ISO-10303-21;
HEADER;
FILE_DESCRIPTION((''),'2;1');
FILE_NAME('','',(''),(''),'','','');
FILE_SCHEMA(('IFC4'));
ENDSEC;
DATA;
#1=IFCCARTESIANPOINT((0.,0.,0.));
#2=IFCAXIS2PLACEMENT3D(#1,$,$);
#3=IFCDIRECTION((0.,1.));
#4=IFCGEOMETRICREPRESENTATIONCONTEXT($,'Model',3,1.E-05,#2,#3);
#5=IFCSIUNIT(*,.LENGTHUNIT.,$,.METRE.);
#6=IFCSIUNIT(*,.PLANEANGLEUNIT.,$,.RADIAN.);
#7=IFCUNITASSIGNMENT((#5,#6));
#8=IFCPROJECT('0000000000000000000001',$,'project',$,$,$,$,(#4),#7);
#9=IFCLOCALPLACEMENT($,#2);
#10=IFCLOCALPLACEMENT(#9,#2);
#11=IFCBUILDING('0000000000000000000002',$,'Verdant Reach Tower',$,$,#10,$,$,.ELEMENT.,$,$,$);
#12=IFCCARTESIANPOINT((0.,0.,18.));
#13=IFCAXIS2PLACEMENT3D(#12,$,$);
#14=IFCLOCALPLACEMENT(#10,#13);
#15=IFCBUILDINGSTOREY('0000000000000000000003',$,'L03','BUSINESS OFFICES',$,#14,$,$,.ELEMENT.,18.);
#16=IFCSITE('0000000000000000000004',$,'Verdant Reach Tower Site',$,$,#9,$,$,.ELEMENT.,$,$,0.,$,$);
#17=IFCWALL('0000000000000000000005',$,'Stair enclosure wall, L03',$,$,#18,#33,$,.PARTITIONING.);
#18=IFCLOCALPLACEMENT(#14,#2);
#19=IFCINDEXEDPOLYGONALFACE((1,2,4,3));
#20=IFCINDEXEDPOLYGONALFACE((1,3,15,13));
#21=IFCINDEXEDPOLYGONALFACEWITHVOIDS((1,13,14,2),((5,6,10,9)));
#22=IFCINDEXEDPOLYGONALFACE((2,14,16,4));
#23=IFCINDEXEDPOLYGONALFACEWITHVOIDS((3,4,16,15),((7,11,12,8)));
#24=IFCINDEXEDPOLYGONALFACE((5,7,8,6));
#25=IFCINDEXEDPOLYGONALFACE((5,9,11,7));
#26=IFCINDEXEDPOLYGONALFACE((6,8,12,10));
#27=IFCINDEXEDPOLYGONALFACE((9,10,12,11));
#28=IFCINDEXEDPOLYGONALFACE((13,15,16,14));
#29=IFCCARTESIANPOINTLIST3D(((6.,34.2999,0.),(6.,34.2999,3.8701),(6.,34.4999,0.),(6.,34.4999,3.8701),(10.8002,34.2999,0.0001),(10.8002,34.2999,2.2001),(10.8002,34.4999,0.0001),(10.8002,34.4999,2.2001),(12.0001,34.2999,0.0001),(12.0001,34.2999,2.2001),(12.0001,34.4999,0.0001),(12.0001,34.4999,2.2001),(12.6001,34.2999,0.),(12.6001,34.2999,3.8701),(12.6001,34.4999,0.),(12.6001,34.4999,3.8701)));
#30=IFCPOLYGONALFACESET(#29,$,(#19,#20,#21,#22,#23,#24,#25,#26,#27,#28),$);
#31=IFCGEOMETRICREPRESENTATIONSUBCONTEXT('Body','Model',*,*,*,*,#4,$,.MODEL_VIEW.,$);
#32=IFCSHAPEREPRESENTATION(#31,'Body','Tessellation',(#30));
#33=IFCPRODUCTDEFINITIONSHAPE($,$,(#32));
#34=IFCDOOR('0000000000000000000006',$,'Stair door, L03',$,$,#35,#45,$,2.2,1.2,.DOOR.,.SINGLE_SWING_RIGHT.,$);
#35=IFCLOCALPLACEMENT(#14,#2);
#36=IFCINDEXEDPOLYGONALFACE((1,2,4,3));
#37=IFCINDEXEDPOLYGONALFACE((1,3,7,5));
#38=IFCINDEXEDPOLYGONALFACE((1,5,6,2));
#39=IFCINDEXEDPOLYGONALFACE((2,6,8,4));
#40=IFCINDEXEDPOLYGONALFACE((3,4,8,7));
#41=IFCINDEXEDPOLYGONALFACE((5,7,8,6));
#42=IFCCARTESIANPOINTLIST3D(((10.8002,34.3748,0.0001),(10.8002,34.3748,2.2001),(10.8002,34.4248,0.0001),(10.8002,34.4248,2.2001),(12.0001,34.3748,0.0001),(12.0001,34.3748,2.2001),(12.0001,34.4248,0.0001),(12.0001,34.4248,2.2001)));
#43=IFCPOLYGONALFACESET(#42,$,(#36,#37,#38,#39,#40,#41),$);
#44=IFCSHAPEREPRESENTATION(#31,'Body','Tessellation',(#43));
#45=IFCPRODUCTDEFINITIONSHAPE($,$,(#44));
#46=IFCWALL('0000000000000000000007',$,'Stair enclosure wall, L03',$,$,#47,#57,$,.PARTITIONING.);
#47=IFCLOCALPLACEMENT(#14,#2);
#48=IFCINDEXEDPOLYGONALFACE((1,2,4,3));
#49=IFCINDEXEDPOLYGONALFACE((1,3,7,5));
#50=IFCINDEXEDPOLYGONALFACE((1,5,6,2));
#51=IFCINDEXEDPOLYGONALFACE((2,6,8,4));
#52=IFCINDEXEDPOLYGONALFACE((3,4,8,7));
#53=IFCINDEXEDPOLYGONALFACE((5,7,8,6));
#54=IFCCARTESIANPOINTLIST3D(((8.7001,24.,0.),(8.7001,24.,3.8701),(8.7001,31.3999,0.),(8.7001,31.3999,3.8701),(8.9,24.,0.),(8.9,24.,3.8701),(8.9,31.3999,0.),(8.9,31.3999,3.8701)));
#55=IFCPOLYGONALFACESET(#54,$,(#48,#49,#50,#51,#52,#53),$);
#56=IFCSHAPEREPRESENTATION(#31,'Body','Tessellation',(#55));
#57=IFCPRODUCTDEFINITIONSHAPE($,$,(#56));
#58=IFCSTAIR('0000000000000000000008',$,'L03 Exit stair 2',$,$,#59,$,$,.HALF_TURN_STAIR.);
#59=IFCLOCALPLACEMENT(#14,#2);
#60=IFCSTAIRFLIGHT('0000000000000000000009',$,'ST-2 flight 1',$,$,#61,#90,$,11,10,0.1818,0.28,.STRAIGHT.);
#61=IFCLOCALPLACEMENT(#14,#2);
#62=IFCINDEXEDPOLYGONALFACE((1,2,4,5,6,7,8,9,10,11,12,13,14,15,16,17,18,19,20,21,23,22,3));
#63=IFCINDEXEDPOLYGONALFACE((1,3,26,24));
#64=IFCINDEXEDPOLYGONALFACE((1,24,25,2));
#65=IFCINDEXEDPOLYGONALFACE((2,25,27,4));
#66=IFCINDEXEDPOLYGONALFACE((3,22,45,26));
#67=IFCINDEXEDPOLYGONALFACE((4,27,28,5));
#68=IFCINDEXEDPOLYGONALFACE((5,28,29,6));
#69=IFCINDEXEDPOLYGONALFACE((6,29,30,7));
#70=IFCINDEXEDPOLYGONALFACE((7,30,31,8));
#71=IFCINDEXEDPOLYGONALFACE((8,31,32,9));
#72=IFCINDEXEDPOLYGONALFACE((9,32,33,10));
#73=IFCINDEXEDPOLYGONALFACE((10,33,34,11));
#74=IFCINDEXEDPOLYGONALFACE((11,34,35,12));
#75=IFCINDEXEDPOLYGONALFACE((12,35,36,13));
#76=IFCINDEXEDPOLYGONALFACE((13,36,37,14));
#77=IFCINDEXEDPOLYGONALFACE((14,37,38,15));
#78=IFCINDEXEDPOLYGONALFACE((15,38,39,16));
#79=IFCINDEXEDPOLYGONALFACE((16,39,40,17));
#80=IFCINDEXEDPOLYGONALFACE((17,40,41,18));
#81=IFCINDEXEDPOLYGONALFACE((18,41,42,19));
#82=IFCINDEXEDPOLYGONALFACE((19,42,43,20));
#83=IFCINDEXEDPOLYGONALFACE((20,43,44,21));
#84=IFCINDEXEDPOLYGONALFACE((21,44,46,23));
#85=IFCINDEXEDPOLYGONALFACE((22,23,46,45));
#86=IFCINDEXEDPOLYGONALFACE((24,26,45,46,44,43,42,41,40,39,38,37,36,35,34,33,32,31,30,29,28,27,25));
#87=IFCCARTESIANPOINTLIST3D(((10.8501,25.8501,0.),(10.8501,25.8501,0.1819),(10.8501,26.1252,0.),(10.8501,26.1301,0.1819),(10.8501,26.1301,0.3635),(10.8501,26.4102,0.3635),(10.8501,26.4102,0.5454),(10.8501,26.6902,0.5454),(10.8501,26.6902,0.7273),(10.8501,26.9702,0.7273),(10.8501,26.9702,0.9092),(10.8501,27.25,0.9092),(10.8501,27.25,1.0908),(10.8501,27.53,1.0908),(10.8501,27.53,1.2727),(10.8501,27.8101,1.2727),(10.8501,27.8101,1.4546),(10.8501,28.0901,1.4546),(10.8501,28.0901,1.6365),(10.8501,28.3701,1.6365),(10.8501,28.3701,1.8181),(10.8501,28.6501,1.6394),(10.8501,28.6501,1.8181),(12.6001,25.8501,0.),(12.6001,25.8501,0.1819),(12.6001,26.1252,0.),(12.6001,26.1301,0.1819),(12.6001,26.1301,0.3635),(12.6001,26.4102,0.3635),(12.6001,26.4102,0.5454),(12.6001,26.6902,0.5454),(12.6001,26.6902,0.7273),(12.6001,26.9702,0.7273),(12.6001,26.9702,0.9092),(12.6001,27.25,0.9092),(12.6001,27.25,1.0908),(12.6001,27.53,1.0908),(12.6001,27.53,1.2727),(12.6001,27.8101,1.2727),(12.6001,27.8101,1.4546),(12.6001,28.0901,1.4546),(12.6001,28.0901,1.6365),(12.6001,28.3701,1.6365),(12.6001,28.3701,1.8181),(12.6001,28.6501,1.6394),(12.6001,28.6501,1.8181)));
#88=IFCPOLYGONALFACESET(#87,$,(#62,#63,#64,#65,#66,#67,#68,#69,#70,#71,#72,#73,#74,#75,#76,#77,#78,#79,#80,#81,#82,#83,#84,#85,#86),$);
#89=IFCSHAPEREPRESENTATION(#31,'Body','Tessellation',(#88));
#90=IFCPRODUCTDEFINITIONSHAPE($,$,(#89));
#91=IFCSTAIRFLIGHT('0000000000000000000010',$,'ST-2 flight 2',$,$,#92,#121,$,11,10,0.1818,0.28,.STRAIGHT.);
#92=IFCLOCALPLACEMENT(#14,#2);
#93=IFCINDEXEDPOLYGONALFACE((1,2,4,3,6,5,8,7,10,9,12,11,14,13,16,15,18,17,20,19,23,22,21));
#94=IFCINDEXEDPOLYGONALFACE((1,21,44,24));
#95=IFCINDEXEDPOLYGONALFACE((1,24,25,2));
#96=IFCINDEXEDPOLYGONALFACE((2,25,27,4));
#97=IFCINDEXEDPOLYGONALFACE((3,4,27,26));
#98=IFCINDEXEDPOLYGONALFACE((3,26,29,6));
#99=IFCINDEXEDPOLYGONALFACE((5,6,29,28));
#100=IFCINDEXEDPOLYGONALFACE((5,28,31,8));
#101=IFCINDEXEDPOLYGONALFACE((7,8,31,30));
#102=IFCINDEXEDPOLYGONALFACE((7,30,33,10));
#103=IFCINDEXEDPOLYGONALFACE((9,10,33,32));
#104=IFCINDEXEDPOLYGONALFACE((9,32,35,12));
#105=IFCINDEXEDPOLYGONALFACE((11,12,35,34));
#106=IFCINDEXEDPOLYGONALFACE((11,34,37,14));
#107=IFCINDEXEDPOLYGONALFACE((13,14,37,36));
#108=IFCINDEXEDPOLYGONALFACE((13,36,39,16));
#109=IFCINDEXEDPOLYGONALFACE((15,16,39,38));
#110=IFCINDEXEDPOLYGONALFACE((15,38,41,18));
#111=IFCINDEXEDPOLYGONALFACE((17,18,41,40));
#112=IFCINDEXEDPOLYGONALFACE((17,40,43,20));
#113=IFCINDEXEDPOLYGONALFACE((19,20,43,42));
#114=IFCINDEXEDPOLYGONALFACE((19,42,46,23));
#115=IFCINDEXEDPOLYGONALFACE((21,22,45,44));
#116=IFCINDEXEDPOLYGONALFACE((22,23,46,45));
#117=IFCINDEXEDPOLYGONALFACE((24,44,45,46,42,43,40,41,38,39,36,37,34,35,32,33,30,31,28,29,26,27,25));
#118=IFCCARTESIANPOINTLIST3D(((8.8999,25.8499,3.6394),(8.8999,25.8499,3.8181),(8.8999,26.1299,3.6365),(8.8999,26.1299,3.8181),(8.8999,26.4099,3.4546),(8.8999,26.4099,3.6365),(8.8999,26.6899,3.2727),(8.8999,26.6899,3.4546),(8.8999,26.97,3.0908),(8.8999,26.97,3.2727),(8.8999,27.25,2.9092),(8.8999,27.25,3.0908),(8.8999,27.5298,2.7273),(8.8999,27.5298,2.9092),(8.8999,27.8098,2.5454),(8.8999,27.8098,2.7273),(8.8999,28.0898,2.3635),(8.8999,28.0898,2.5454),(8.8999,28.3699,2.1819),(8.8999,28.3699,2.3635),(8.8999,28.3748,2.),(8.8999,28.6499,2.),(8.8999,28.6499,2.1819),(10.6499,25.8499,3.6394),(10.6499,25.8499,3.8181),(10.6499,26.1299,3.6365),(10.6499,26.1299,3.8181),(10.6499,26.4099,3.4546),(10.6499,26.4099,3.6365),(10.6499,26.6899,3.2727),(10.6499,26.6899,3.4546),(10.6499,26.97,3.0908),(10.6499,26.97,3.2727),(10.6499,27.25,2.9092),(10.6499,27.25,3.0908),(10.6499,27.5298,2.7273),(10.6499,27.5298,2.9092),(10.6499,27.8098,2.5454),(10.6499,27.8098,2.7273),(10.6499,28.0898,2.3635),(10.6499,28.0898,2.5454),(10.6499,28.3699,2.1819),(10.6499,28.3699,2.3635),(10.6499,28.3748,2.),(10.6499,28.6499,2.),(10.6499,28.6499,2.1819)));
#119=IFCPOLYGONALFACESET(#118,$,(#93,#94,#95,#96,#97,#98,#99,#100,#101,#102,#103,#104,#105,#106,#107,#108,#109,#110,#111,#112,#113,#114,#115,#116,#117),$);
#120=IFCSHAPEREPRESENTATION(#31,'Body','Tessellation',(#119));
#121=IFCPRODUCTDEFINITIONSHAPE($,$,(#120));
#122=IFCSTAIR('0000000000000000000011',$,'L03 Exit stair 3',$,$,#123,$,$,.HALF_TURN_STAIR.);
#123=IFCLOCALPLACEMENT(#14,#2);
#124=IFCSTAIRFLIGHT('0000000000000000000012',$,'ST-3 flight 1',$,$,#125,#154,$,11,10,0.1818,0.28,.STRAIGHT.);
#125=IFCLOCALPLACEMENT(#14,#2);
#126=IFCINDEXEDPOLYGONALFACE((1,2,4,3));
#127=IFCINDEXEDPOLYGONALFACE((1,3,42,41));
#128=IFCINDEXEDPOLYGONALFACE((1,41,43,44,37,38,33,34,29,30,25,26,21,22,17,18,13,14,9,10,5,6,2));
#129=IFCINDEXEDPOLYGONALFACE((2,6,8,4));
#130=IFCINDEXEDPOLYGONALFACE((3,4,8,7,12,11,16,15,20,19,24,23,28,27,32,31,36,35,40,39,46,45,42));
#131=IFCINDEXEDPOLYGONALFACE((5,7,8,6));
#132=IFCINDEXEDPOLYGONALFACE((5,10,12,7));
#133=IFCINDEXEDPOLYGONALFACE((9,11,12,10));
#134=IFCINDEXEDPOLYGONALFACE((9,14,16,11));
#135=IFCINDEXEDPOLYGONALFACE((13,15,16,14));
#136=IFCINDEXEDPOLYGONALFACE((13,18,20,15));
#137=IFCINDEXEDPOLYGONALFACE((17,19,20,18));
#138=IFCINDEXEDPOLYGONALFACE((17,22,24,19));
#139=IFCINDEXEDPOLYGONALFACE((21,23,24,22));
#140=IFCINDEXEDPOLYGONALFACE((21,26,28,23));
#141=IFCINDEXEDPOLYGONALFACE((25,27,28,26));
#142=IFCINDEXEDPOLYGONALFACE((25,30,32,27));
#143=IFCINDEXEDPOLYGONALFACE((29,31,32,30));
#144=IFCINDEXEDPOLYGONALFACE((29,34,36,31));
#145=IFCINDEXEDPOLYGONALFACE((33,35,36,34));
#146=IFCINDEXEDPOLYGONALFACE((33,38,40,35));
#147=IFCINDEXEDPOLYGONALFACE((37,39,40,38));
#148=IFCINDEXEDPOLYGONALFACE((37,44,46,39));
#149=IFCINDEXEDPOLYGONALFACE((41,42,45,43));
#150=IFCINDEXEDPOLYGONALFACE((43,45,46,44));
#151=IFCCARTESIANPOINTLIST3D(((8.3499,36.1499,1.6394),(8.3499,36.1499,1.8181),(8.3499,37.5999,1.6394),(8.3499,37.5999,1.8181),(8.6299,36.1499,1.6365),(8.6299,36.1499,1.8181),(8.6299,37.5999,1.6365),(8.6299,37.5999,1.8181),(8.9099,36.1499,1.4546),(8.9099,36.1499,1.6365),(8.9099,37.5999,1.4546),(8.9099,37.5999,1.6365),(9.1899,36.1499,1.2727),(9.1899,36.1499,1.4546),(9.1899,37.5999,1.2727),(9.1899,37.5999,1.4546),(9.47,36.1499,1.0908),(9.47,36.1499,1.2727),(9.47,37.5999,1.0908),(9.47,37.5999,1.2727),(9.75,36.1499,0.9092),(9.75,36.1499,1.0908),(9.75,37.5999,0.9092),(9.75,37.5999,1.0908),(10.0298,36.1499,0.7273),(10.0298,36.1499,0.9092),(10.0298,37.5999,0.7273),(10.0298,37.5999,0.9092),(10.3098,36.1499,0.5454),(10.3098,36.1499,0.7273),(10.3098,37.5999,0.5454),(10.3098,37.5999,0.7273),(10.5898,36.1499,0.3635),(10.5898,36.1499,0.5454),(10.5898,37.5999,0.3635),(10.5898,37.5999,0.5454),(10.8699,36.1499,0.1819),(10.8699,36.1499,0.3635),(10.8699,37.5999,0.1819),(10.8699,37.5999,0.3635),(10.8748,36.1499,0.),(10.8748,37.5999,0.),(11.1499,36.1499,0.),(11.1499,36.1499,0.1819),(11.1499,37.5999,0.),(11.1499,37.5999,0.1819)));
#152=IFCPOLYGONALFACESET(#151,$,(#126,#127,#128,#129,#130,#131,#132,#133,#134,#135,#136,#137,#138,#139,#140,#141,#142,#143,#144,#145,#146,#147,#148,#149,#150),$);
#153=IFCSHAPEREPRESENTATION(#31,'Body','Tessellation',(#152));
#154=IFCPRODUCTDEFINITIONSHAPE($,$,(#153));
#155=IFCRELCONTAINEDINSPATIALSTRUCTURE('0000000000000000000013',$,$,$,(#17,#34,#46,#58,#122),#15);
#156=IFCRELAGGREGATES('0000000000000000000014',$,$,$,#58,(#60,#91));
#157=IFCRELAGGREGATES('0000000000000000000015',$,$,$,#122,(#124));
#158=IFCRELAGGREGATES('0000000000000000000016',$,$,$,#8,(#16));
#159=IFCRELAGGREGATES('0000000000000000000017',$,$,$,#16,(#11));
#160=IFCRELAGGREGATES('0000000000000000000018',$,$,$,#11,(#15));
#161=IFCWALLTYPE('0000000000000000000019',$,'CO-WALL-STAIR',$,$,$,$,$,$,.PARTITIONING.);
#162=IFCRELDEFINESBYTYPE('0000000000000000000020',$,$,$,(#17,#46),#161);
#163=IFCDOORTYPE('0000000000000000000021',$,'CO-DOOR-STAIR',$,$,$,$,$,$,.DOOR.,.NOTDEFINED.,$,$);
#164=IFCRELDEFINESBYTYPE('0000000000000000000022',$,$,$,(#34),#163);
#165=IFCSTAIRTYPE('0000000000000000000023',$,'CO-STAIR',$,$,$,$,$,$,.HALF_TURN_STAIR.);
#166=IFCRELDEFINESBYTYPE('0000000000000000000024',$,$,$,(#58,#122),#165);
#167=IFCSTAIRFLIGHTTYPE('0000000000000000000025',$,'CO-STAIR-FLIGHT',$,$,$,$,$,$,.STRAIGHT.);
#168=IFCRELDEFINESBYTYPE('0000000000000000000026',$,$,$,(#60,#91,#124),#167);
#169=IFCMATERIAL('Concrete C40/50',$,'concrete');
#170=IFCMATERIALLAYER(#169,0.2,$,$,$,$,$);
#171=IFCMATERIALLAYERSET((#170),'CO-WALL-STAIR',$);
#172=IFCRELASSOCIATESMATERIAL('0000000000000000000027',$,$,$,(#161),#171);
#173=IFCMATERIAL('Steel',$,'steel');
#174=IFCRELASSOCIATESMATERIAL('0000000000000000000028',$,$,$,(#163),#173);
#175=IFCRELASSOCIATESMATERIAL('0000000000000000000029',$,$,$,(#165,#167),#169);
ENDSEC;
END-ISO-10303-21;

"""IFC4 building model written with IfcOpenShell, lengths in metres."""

from ifc_helpers import new_model, si_unit, direction, frame, frame_2d, origin, place, context, subcontext, project, spatial, polyline, rectangle, outline, extrude, material, layer, layer_set, type_object, element, fill, aggregate, save


model = new_model("IFC4")

# Units and contexts
model_context = context("Model", 3, precision=1e-05, world=origin(), true_north=direction((0.0, 1.0)))
body_context = subcontext(model_context, "Body", "Model", "MODEL_VIEW")
ifc_project = project(units=[si_unit("LENGTHUNIT", "METRE"), si_unit("PLANEANGLEUNIT", "RADIAN")], contexts=[model_context])

# Site, building, storey
site_placement = place(None, origin())
site = spatial("IfcSite", under=ifc_project, at=site_placement, Name="Verdant Reach Tower Site", CompositionType="ELEMENT", RefElevation=0.0)
building_placement = place(site_placement, origin())
building = spatial("IfcBuilding", under=site, at=building_placement, Name="Verdant Reach Tower", CompositionType="ELEMENT")
storey_placement = place(building_placement, frame((0.0, 0.0, 18.0)))
storey = spatial("IfcBuildingStorey", under=building, at=storey_placement, Name="L03", Description="BUSINESS OFFICES", CompositionType="ELEMENT", Elevation=18.0)

# Shared definitions
ifc_material_1 = material(Name="Concrete C40/50", Category="concrete")

# Shared definitions
ifc_layer_1 = layer(ifc_material_1, 0.2)
ifc_layer_set_1 = layer_set([ifc_layer_1], Name="CO-WALL-STAIR")
wall_type_1 = type_object("IfcWallType", Name="CO-WALL-STAIR", PredefinedType="PARTITIONING", material=ifc_layer_set_1)
ifc_material_2 = material(Name="Steel", Category="steel")
door_type_1 = type_object("IfcDoorType", Name="CO-DOOR-STAIR", OperationType="NOTDEFINED", PredefinedType="DOOR", material=ifc_material_2)

# Wall, opening, door
wall_1_placement = place(storey_placement, frame((6.0, 34.3999, 0.0), z_axis=(0.0, 0.0, 1.0), x_axis=(1.0, 0.0, 0.0)))
wall_1 = element("IfcWall", 1, at=wall_1_placement, inside=storey, type_object=wall_type_1, Name="Stair enclosure wall, L03", PredefinedType="PARTITIONING", context=body_context, shape_type="SweptSolid", body=[
    extrude(rectangle(XDim=6.6001, YDim=0.2, at=frame_2d((3.3, 0.0))), origin(), (0.0, 0.0, 1.0), 3.8701),
])
opening_1_placement = place(wall_1_placement, frame((4.8, 0.0, 0.0)))
opening_1 = element("IfcOpeningElement", 2, at=opening_1_placement, cuts=wall_1, PredefinedType="OPENING", context=body_context, shape_type="SweptSolid", body=[
    extrude(rectangle(XDim=1.2, YDim=2.2, at=frame_2d((0.6001, 1.1001))), frame((0.0, 0.1099, 0.0), z_axis=(0.0, -1.0, 0.0), x_axis=(1.0, 0.0, 0.0)), (0.0, 0.0, 1.0), 0.22),
])
door_1_placement = place(opening_1_placement, origin())
door_1 = element("IfcDoor", 3, at=door_1_placement, inside=storey, type_object=door_type_1, Name="Stair door, L03", OperationType="SINGLE_SWING_RIGHT", OverallHeight=2.2, OverallWidth=1.2, PredefinedType="DOOR", context=body_context, shape_type="SweptSolid", body=[
    extrude(rectangle(XDim=1.2, YDim=2.2, at=frame_2d((0.6001, 1.1001))), frame((0.0, 0.0249, 0.0), z_axis=(0.0, -1.0, 0.0), x_axis=(1.0, 0.0, 0.0)), (0.0, 0.0, 1.0), 0.05),
])
fill(opening_1, door_1)

# Wall
wall_2_placement = place(storey_placement, frame((8.8, 24.0, 0.0), z_axis=(0.0, 0.0, 1.0), x_axis=(0.0, 1.0, 0.0)))
element("IfcWall", 4, at=wall_2_placement, inside=storey, type_object=wall_type_1, Name="Stair enclosure wall, L03", PredefinedType="PARTITIONING", context=body_context, shape_type="SweptSolid", body=[
    extrude(rectangle(XDim=7.3999, YDim=0.2, at=frame_2d((3.7, 0.0))), origin(), (0.0, 0.0, 1.0), 3.8701),
])

# Stairs, stair flights
stair_type = type_object("IfcStairType", Name="CO-STAIR", PredefinedType="HALF_TURN_STAIR", material=ifc_material_1)
stair_1_placement = place(storey_placement, origin())
stair_1 = element("IfcStair", 5, at=stair_1_placement, inside=storey, type_object=stair_type, Name="L03 Exit stair 2", PredefinedType="HALF_TURN_STAIR")
stair_flight_type = type_object("IfcStairFlightType", Name="CO-STAIR-FLIGHT", PredefinedType="STRAIGHT", material=ifc_material_1)
stair_flight_1_placement = place(storey_placement, frame((11.7251, 25.8501, 0.0), z_axis=(0.0, 0.0, 1.0), x_axis=(0.0, 1.0, 0.0)))
stair_flight_1 = element("IfcStairFlight", 6, at=stair_flight_1_placement, type_object=stair_flight_type, Name="ST-2 flight 1", NumberOfRisers=11, NumberOfTreads=10, PredefinedType="STRAIGHT", RiserHeight=0.1818, TreadLength=0.28, context=body_context, shape_type="SweptSolid", body=[
    extrude(outline(polyline([(0.0, 0.0), (0.0, 0.1819), (0.28, 0.1819), (0.28, 0.3635), (0.5601, 0.3635), (0.5601, 0.5454), (0.8401, 0.5454), (0.8401, 0.7273), (1.1201, 0.7273), (1.1201, 0.9092), (1.3999, 0.9092), (1.3999, 1.0908), (1.6799, 1.0908), (1.6799, 1.2727), (1.96, 1.2727), (1.96, 1.4546), (2.24, 1.4546), (2.24, 1.6365), (2.52, 1.6365), (2.52, 1.8181), (2.8, 1.8181), (2.8, 2.0), (2.8, 1.6394), (0.2751, 0.0), (0.0, 0.0)])), frame((0.0, 0.875, 0.0), z_axis=(0.0, -1.0, 0.0), x_axis=(1.0, 0.0, 0.0)), (0.0, 0.0, 1.0), 1.75),
])
stair_flight_2_placement = place(storey_placement, frame((9.7749, 28.6499, 2.0), z_axis=(0.0, 0.0, 1.0), x_axis=(0.0, -1.0, 0.0)))
stair_flight_2 = element("IfcStairFlight", 7, at=stair_flight_2_placement, type_object=stair_flight_type, Name="ST-2 flight 2", NumberOfRisers=11, NumberOfTreads=10, PredefinedType="STRAIGHT", RiserHeight=0.1818, TreadLength=0.28, context=body_context, shape_type="SweptSolid", body=[
    extrude(outline(polyline([(0.0, 0.0), (0.0, 0.1819), (0.28, 0.1819), (0.28, 0.3635), (0.5601, 0.3635), (0.5601, 0.5454), (0.8401, 0.5454), (0.8401, 0.7273), (1.1201, 0.7273), (1.1201, 0.9092), (1.3999, 0.9092), (1.3999, 1.0908), (1.6799, 1.0908), (1.6799, 1.2727), (1.96, 1.2727), (1.96, 1.4546), (2.24, 1.4546), (2.24, 1.6365), (2.52, 1.6365), (2.52, 1.8181), (2.8, 1.8181), (2.8, 2.0), (2.8, 1.6394), (0.2751, 0.0), (0.0, 0.0)])), frame((0.0, 0.875, 0.0), z_axis=(0.0, -1.0, 0.0), x_axis=(1.0, 0.0, 0.0)), (0.0, 0.0, 1.0), 1.75),
])
aggregate(stair_1, [stair_flight_1, stair_flight_2])
stair_2_placement = place(storey_placement, origin())
stair_2 = element("IfcStair", 8, at=stair_2_placement, inside=storey, type_object=stair_type, Name="L03 Exit stair 3", PredefinedType="HALF_TURN_STAIR")
stair_flight_3_placement = place(storey_placement, frame((11.1499, 36.875, 0.0), z_axis=(0.0, 0.0, 1.0), x_axis=(-1.0, 0.0, 0.0)))
stair_flight_3 = element("IfcStairFlight", 9, at=stair_flight_3_placement, type_object=stair_flight_type, Name="ST-3 flight 1", NumberOfRisers=11, NumberOfTreads=10, PredefinedType="STRAIGHT", RiserHeight=0.1818, TreadLength=0.28, context=body_context, shape_type="SweptSolid", body=[
    extrude(outline(polyline([(0.0, 0.0), (0.0, 0.1819), (0.28, 0.1819), (0.28, 0.3635), (0.5601, 0.3635), (0.5601, 0.5454), (0.8401, 0.5454), (0.8401, 0.7273), (1.1201, 0.7273), (1.1201, 0.9092), (1.3999, 0.9092), (1.3999, 1.0908), (1.6799, 1.0908), (1.6799, 1.2727), (1.96, 1.2727), (1.96, 1.4546), (2.24, 1.4546), (2.24, 1.6365), (2.52, 1.6365), (2.52, 1.8181), (2.8, 1.8181), (2.8, 2.0), (2.8, 1.6394), (0.2751, 0.0), (0.0, 0.0)])), frame((0.0, 0.7251, 0.0), z_axis=(0.0, -1.0, 0.0), x_axis=(1.0, 0.0, 0.0)), (0.0, 0.0, 1.0), 1.45),
])
aggregate(stair_2, [stair_flight_3])

save(model, "model.ifc")
